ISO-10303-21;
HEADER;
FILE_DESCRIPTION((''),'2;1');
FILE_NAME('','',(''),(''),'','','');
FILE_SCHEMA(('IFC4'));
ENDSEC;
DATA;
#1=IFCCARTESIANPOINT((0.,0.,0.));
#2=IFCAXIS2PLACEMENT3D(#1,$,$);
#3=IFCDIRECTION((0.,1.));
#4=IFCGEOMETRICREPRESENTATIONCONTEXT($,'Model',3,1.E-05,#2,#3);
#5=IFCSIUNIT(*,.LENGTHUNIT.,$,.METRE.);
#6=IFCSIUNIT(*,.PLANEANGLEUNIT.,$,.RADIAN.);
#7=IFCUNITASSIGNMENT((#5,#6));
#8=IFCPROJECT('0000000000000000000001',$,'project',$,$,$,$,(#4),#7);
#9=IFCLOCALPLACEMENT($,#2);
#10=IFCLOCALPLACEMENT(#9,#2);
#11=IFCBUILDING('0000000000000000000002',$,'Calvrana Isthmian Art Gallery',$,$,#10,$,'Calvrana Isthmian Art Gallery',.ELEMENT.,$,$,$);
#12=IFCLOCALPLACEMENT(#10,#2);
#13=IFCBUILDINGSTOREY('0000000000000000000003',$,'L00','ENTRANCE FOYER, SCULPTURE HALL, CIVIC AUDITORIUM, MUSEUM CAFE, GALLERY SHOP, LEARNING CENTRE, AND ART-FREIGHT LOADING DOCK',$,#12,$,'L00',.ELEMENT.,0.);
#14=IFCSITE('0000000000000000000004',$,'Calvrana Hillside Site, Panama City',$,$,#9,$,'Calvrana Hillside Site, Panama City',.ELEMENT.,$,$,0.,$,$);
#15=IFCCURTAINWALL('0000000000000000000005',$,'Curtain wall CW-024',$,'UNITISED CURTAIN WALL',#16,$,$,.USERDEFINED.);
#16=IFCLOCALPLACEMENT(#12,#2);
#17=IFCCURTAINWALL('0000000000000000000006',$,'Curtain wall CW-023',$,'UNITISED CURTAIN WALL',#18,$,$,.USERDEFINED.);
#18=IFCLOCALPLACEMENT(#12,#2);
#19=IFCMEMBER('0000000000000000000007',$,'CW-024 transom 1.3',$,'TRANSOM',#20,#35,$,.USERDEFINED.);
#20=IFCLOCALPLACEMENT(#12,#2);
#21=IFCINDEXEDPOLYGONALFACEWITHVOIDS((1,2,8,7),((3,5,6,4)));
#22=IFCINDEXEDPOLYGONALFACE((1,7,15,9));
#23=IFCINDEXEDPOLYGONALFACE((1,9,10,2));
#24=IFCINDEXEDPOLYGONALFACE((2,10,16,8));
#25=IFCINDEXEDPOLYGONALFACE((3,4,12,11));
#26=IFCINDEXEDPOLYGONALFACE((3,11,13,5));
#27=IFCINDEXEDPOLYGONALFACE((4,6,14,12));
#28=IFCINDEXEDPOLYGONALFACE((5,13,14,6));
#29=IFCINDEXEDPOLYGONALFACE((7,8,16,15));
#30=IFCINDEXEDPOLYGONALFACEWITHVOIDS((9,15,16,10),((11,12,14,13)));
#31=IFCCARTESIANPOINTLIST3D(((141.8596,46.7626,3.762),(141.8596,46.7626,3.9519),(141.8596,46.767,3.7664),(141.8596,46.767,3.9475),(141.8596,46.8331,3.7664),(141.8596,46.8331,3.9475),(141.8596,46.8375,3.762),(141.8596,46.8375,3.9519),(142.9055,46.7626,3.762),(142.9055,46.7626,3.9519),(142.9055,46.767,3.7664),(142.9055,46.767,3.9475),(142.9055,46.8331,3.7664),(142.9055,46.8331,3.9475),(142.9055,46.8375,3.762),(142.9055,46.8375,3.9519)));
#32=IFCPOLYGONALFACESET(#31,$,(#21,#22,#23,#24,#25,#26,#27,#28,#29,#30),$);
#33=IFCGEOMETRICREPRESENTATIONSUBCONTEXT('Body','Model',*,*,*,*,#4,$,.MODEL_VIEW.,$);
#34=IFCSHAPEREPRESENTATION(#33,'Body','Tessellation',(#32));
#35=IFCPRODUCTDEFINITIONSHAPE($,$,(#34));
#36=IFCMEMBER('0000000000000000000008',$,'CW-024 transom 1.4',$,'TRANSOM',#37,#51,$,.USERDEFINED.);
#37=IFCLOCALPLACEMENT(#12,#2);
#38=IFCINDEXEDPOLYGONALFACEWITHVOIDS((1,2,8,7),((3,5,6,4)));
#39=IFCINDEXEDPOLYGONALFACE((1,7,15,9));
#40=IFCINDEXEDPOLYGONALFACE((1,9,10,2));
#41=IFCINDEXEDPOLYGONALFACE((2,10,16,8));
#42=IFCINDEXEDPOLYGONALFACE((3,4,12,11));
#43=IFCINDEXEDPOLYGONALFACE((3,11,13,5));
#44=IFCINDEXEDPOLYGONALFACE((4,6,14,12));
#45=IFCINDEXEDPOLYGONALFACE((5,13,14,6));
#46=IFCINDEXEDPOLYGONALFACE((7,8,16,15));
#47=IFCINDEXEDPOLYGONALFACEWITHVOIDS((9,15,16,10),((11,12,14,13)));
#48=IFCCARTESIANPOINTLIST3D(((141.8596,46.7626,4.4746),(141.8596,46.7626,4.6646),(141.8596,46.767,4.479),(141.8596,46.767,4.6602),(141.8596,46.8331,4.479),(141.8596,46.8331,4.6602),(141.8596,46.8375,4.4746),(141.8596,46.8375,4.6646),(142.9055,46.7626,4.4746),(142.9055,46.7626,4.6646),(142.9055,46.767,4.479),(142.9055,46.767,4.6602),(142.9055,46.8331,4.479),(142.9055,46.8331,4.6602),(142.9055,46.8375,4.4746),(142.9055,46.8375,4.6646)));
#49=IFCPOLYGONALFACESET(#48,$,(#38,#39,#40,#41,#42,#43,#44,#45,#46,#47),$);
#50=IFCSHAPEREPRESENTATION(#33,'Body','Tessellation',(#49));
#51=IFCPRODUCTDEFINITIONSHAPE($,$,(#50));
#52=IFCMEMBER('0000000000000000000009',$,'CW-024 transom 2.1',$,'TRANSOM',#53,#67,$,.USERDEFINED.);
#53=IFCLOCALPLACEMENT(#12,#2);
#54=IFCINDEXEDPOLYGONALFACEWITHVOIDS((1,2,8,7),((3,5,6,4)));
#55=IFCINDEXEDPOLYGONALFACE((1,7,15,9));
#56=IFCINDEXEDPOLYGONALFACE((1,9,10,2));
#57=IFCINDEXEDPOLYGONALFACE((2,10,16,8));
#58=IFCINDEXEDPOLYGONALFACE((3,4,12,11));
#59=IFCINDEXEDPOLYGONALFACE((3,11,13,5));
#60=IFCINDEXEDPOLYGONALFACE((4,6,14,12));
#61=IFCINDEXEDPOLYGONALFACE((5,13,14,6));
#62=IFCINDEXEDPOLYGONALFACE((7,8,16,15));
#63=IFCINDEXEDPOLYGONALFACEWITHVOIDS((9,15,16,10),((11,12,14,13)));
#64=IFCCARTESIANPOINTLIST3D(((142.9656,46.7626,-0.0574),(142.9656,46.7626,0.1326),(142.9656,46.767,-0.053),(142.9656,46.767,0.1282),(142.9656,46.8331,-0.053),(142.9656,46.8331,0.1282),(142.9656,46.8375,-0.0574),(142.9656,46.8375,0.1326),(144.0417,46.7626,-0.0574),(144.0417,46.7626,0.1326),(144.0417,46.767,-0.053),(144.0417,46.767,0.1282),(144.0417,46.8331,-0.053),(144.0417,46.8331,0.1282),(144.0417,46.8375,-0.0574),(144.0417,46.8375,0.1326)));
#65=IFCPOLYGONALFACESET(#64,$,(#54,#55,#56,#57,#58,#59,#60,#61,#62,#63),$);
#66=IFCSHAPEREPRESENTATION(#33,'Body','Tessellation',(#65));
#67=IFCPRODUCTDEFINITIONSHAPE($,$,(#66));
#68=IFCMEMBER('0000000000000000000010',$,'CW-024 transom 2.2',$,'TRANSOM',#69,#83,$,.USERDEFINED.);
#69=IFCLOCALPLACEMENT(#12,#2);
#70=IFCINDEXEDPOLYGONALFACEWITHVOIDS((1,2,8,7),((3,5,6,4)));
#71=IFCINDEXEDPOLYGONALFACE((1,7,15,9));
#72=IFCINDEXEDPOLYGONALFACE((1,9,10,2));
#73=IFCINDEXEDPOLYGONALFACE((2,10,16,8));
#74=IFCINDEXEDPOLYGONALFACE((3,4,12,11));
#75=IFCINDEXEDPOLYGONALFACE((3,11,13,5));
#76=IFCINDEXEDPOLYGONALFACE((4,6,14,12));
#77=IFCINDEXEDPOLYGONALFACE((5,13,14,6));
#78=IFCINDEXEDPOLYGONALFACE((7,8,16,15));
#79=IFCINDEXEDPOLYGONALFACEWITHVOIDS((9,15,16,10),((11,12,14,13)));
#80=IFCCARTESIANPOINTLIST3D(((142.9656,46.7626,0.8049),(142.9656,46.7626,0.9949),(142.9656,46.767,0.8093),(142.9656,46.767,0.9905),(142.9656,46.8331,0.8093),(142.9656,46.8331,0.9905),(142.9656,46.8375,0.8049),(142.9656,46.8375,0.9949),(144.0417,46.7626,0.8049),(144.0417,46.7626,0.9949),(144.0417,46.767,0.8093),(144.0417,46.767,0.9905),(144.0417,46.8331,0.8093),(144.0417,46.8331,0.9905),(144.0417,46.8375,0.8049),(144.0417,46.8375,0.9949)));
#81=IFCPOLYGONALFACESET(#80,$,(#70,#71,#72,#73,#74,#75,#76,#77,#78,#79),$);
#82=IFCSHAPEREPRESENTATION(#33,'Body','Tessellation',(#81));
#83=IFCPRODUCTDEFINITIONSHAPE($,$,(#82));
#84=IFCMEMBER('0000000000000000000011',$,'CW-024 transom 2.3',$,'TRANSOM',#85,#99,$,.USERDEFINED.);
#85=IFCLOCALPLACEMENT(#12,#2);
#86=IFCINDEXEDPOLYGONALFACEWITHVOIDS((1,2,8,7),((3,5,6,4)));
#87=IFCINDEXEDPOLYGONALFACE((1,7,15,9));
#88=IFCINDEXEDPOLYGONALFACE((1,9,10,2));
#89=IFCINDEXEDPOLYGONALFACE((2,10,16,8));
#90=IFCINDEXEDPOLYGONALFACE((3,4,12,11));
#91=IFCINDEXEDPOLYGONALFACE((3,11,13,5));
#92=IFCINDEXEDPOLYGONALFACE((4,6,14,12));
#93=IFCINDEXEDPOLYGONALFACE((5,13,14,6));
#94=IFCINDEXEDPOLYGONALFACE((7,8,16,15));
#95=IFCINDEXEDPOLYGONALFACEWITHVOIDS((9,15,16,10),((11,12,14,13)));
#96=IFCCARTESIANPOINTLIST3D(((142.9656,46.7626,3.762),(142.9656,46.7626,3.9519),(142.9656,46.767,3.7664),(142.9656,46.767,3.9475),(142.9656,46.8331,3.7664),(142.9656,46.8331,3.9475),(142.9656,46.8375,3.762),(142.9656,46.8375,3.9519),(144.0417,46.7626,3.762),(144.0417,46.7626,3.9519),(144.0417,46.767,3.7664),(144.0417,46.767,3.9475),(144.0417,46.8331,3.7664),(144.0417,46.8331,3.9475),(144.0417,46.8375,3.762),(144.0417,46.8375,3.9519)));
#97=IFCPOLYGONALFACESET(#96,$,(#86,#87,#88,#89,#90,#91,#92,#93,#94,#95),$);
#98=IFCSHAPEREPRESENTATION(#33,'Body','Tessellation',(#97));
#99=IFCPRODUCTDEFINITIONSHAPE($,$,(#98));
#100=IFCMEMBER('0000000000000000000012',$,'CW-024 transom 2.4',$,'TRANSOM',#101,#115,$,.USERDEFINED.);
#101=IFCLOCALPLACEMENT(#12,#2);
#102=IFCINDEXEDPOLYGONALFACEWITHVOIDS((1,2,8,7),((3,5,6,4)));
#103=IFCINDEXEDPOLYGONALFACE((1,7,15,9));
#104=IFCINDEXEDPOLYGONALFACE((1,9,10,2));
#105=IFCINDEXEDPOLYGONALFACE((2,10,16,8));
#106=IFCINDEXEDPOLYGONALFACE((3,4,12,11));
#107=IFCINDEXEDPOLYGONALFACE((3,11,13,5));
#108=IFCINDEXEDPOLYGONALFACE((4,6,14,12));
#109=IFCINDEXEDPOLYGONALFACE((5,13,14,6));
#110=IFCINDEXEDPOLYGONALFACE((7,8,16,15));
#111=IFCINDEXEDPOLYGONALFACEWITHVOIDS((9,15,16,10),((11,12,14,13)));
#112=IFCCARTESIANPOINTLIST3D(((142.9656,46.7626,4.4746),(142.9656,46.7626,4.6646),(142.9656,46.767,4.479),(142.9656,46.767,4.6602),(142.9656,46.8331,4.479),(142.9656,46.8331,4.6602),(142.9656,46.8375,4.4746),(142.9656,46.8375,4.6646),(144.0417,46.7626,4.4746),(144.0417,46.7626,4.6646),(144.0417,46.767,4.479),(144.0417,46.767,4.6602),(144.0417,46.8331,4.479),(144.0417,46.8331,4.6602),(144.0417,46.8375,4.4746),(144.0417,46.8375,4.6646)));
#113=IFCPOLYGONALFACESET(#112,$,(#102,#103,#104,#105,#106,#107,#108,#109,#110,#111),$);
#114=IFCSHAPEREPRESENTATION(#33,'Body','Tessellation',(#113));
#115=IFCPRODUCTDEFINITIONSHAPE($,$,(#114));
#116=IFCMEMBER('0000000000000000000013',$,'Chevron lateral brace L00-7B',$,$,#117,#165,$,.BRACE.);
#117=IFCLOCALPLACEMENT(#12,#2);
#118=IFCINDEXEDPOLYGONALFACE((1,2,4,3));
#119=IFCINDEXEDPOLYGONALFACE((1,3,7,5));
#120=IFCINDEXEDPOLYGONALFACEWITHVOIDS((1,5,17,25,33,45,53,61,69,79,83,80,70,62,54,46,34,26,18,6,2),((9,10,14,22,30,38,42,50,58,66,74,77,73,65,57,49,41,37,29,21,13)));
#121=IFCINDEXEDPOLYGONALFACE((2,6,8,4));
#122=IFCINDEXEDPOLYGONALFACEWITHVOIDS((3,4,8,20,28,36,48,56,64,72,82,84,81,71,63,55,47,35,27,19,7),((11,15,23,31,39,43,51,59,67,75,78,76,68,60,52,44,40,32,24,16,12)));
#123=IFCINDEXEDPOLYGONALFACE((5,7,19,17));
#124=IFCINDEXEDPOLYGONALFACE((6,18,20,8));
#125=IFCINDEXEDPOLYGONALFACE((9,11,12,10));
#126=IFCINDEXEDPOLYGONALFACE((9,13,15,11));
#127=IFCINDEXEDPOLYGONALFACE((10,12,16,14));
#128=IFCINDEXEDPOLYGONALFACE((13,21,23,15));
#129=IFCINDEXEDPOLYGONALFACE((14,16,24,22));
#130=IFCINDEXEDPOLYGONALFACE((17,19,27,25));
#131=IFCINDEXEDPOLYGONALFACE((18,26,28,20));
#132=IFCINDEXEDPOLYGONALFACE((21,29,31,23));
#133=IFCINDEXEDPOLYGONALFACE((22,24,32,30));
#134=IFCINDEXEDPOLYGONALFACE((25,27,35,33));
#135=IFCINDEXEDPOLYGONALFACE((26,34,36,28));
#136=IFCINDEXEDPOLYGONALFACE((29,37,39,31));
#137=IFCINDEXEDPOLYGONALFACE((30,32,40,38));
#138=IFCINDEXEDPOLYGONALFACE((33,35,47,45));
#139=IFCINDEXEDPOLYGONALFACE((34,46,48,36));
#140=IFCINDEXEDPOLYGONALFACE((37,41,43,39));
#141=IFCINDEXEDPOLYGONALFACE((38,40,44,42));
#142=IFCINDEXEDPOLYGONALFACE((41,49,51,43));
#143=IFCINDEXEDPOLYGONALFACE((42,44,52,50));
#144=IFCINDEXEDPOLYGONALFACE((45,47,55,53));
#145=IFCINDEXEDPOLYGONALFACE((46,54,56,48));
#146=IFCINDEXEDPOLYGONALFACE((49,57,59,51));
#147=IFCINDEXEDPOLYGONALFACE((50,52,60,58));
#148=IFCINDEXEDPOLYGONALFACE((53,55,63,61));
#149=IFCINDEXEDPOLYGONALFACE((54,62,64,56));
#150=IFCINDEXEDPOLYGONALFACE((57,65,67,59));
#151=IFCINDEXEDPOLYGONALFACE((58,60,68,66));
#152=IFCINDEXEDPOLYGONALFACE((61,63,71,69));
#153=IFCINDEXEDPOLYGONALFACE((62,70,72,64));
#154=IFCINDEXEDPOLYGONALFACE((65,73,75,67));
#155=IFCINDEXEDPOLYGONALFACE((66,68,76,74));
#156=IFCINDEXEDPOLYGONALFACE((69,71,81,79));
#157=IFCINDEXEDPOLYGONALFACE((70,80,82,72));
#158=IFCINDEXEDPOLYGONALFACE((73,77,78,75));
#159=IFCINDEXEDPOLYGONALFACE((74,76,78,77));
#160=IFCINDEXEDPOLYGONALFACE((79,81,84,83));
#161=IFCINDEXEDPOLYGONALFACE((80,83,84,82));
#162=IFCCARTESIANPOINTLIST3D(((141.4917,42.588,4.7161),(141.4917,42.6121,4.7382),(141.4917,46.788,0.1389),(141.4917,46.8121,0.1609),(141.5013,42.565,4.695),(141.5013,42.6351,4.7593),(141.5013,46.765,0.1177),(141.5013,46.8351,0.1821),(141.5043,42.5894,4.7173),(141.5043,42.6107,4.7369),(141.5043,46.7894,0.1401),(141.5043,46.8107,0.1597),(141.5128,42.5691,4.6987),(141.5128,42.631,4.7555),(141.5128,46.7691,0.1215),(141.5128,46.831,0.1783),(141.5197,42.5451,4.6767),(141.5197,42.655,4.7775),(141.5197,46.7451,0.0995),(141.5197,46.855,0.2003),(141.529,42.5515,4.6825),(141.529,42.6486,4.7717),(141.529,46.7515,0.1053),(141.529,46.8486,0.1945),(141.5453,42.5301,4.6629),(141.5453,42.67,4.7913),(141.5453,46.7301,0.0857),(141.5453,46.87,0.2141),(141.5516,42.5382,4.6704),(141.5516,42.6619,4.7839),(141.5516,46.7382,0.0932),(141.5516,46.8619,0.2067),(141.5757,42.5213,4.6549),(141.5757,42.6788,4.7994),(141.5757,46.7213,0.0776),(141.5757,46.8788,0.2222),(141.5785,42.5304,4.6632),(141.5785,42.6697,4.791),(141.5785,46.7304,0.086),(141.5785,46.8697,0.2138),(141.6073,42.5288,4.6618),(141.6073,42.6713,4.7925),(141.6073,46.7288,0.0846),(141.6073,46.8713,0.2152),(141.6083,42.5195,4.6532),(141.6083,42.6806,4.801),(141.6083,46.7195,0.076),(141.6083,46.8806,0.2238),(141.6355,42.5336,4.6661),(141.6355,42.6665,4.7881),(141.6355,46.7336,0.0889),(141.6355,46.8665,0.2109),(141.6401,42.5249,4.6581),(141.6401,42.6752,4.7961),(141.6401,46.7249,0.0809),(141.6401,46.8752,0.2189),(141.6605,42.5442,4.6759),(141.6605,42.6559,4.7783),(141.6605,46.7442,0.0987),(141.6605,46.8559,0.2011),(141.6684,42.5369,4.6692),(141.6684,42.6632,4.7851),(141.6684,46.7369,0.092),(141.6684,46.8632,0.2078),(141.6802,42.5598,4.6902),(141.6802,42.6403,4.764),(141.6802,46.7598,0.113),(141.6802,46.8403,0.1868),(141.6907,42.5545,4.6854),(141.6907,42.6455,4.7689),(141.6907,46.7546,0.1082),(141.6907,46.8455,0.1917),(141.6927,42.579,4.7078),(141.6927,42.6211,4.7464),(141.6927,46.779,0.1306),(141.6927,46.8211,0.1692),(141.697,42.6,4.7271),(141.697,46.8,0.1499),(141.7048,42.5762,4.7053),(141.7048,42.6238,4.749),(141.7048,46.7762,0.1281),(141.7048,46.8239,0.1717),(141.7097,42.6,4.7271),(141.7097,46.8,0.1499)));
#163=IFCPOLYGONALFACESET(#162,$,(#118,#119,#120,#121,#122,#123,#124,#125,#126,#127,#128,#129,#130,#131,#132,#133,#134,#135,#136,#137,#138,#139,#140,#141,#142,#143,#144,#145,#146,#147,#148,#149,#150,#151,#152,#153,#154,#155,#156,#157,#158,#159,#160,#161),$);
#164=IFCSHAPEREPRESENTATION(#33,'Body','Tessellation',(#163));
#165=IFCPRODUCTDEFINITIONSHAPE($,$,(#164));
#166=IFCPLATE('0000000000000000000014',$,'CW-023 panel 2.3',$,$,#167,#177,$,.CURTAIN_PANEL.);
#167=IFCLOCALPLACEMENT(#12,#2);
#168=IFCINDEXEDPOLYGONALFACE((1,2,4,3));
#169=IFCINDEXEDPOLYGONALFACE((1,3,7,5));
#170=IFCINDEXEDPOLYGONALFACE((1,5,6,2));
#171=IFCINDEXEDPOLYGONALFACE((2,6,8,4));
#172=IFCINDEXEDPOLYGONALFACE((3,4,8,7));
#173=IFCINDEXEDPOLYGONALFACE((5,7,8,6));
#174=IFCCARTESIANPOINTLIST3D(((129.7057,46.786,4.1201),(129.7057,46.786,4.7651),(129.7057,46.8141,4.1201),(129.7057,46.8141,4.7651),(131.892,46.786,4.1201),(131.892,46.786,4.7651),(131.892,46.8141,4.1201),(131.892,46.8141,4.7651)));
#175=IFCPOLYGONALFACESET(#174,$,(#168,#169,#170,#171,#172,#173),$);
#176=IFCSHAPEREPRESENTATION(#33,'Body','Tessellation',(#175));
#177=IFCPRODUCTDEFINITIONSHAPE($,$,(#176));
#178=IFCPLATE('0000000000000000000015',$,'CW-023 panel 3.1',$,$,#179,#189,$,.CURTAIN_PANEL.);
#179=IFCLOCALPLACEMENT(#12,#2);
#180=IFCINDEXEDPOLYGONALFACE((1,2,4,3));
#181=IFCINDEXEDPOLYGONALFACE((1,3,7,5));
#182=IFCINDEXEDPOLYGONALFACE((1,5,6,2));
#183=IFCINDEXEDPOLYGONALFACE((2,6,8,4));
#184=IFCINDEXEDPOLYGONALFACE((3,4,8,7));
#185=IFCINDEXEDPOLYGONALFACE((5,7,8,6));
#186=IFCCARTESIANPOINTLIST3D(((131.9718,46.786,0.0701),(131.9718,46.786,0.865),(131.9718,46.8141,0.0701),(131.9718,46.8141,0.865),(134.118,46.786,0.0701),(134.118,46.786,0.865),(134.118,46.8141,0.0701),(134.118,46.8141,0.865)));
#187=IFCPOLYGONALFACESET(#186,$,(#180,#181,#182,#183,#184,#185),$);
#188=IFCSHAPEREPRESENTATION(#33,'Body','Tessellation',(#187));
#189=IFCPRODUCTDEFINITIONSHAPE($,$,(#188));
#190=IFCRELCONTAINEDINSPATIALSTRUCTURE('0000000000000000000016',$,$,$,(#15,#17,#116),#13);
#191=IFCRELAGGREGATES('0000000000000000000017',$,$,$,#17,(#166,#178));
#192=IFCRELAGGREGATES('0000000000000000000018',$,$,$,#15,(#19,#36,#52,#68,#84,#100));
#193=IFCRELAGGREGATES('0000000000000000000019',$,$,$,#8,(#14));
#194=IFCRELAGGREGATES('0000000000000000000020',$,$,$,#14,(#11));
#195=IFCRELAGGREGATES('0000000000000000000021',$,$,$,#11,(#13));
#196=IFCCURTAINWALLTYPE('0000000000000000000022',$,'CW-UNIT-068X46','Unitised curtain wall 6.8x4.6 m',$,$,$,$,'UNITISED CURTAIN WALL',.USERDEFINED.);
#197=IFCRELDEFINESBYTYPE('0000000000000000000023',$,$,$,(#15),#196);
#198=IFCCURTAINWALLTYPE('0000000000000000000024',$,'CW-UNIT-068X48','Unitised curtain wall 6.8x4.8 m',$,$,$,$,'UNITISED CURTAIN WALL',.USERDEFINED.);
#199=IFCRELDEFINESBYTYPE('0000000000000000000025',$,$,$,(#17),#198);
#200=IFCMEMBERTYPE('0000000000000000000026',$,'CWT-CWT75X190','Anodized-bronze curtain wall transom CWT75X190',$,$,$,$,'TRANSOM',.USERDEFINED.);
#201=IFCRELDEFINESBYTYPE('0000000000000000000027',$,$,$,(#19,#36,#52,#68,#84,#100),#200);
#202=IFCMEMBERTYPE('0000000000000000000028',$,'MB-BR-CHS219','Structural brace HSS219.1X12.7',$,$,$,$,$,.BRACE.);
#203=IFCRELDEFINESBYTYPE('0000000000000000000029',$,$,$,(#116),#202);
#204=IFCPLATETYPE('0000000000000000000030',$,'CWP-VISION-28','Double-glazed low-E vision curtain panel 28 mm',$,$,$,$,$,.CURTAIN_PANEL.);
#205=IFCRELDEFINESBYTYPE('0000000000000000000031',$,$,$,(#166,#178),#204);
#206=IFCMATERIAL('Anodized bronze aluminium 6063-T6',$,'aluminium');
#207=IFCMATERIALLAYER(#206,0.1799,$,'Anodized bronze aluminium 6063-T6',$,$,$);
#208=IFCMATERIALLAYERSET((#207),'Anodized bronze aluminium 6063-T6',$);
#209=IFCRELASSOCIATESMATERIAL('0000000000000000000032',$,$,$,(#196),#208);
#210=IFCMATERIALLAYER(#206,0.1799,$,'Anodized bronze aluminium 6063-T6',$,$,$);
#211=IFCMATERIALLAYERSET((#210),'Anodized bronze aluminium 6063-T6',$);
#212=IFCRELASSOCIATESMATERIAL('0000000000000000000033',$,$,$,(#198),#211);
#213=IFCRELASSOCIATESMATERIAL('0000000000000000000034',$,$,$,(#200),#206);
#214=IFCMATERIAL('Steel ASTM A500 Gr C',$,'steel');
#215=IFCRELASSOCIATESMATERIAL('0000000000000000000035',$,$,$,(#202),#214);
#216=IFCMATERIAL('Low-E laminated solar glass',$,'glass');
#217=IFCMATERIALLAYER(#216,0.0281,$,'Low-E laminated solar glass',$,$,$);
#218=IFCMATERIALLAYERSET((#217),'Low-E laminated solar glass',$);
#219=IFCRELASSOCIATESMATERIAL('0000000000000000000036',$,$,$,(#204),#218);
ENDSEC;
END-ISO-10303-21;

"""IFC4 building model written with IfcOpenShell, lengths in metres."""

from ifc_helpers import new_model, si_unit, direction, frame, origin, origin_2d, place, context, subcontext, project, spatial, rectangle, hollow_rectangle, hollow_circle, extrude, material, layer, layer_set, material_profile, profile_set, type_object, element, aggregate, save


model = new_model("IFC4")

# Units and contexts
model_context = context("Model", 3, precision=1e-05, world=origin(), true_north=direction((0.0, 1.0)))
body_context = subcontext(model_context, "Body", "Model", "MODEL_VIEW")
ifc_project = project(units=[si_unit("LENGTHUNIT", "METRE"), si_unit("PLANEANGLEUNIT", "RADIAN")], contexts=[model_context])

# Site, building, storey
site_placement = place(None, origin())
site = spatial("IfcSite", under=ifc_project, at=site_placement, Name="Calvrana Hillside Site, Panama City", LongName="Calvrana Hillside Site, Panama City", CompositionType="ELEMENT", RefElevation=0.0)
building_placement = place(site_placement, origin())
building = spatial("IfcBuilding", under=site, at=building_placement, Name="Calvrana Isthmian Art Gallery", LongName="Calvrana Isthmian Art Gallery", CompositionType="ELEMENT")
storey_placement = place(building_placement, origin())
storey = spatial("IfcBuildingStorey", under=building, at=storey_placement, Name="L00", Description="ENTRANCE FOYER, SCULPTURE HALL, CIVIC AUDITORIUM, MUSEUM CAFE, GALLERY SHOP, LEARNING CENTRE, AND ART-FREIGHT LOADING DOCK", LongName="L00", CompositionType="ELEMENT", Elevation=0.0)

# Shared definitions
ifc_material_1 = material(Name="Steel ASTM A500 Gr C", Category="steel")

# Curtain walls
ifc_material_2 = material(Name="Anodized bronze aluminium 6063-T6", Category="aluminium")
ifc_layer_1 = layer(ifc_material_2, 0.1799, Name="Anodized bronze aluminium 6063-T6")
ifc_layer_set_1 = layer_set([ifc_layer_1], Name="Anodized bronze aluminium 6063-T6")
curtain_wall_type_1 = type_object("IfcCurtainWallType", Name="CW-UNIT-068X46", Description="Unitised curtain wall 6.8x4.6 m", ElementType="UNITISED CURTAIN WALL", PredefinedType="USERDEFINED", material=ifc_layer_set_1)
curtain_wall_1_placement = place(storey_placement, origin())
curtain_wall_1 = element("IfcCurtainWall", 1, at=curtain_wall_1_placement, inside=storey, type_object=curtain_wall_type_1, Name="Curtain wall CW-024", ObjectType="UNITISED CURTAIN WALL", PredefinedType="USERDEFINED")
ifc_layer_2 = layer(ifc_material_2, 0.1799, Name="Anodized bronze aluminium 6063-T6")
ifc_layer_set_2 = layer_set([ifc_layer_2], Name="Anodized bronze aluminium 6063-T6")
curtain_wall_type_2 = type_object("IfcCurtainWallType", Name="CW-UNIT-068X48", Description="Unitised curtain wall 6.8x4.8 m", ElementType="UNITISED CURTAIN WALL", PredefinedType="USERDEFINED", material=ifc_layer_set_2)
curtain_wall_2_placement = place(storey_placement, origin())
curtain_wall_2 = element("IfcCurtainWall", 2, at=curtain_wall_2_placement, inside=storey, type_object=curtain_wall_type_2, Name="Curtain wall CW-023", ObjectType="UNITISED CURTAIN WALL", PredefinedType="USERDEFINED")

# Members
ifc_material_profile_1 = material_profile(ifc_material_2, hollow_rectangle(XDim=0.075, YDim=0.1899, WallThickness=0.0044, at=origin_2d()), Name="CWT75X190")
ifc_profile_set_1 = profile_set([ifc_material_profile_1], Name="Anodized bronze aluminium 6063-T6")
member_type_1 = type_object("IfcMemberType", Name="CWT-CWT75X190", Description="Anodized-bronze curtain wall transom CWT75X190", ElementType="TRANSOM", PredefinedType="USERDEFINED", material=ifc_profile_set_1)
member_1_placement = place(storey_placement, frame((141.8596, 46.8, 3.8569), z_axis=(1.0, 0.0, 0.0), x_axis=(0.0, 1.0, 0.0)))
member_1 = element("IfcMember", 3, at=member_1_placement, type_object=member_type_1, Name="CW-024 transom 1.3", ObjectType="TRANSOM", PredefinedType="USERDEFINED", context=body_context, shape_type="SweptSolid", body=[
    extrude(hollow_rectangle(XDim=0.075, YDim=0.1899, WallThickness=0.0044, at=origin_2d()), origin(), (0.0, 0.0, 1.0), 1.0459),
])
member_2_placement = place(storey_placement, frame((141.8596, 46.8, 4.5696), z_axis=(1.0, 0.0, 0.0), x_axis=(0.0, 1.0, 0.0)))
member_2 = element("IfcMember", 4, at=member_2_placement, type_object=member_type_1, Name="CW-024 transom 1.4", ObjectType="TRANSOM", PredefinedType="USERDEFINED", context=body_context, shape_type="SweptSolid", body=[
    extrude(hollow_rectangle(XDim=0.075, YDim=0.1899, WallThickness=0.0044, at=origin_2d()), origin(), (0.0, 0.0, 1.0), 1.0459),
])
member_3_placement = place(storey_placement, frame((142.9656, 46.8, 0.0376), z_axis=(1.0, 0.0, 0.0), x_axis=(0.0, 1.0, 0.0)))
member_3 = element("IfcMember", 5, at=member_3_placement, type_object=member_type_1, Name="CW-024 transom 2.1", ObjectType="TRANSOM", PredefinedType="USERDEFINED", context=body_context, shape_type="SweptSolid", body=[
    extrude(hollow_rectangle(XDim=0.075, YDim=0.1899, WallThickness=0.0044, at=origin_2d()), origin(), (0.0, 0.0, 1.0), 1.0762),
])
member_4_placement = place(storey_placement, frame((142.9656, 46.8, 0.8999), z_axis=(1.0, 0.0, 0.0), x_axis=(0.0, 1.0, 0.0)))
member_4 = element("IfcMember", 6, at=member_4_placement, type_object=member_type_1, Name="CW-024 transom 2.2", ObjectType="TRANSOM", PredefinedType="USERDEFINED", context=body_context, shape_type="SweptSolid", body=[
    extrude(hollow_rectangle(XDim=0.075, YDim=0.1899, WallThickness=0.0044, at=origin_2d()), origin(), (0.0, 0.0, 1.0), 1.0762),
])
member_5_placement = place(storey_placement, frame((142.9656, 46.8, 3.8569), z_axis=(1.0, 0.0, 0.0), x_axis=(0.0, 1.0, 0.0)))
member_5 = element("IfcMember", 7, at=member_5_placement, type_object=member_type_1, Name="CW-024 transom 2.3", ObjectType="TRANSOM", PredefinedType="USERDEFINED", context=body_context, shape_type="SweptSolid", body=[
    extrude(hollow_rectangle(XDim=0.075, YDim=0.1899, WallThickness=0.0044, at=origin_2d()), origin(), (0.0, 0.0, 1.0), 1.0762),
])
member_6_placement = place(storey_placement, frame((142.9656, 46.8, 4.5696), z_axis=(1.0, 0.0, 0.0), x_axis=(0.0, 1.0, 0.0)))
member_6 = element("IfcMember", 8, at=member_6_placement, type_object=member_type_1, Name="CW-024 transom 2.4", ObjectType="TRANSOM", PredefinedType="USERDEFINED", context=body_context, shape_type="SweptSolid", body=[
    extrude(hollow_rectangle(XDim=0.075, YDim=0.1899, WallThickness=0.0044, at=origin_2d()), origin(), (0.0, 0.0, 1.0), 1.0762),
])
ifc_material_profile_2 = material_profile(ifc_material_1, hollow_circle(Radius=0.1096, WallThickness=0.0127, at=origin_2d()), Name="HSS219.1X12.7")
ifc_profile_set_2 = profile_set([ifc_material_profile_2], Name="Steel ASTM A500 Gr C")
member_type_2 = type_object("IfcMemberType", Name="MB-BR-CHS219", Description="Structural brace HSS219.1X12.7", PredefinedType="BRACE", material=ifc_profile_set_2)
member_7_placement = place(storey_placement, frame((141.6001, 46.8, 0.1499), z_axis=(0.0, -0.676095, 0.736815), x_axis=(1.0, 0.0, 0.0)))
element("IfcMember", 9, at=member_7_placement, inside=storey, type_object=member_type_2, Name="Chevron lateral brace L00-7B", PredefinedType="BRACE", context=body_context, shape_type="SweptSolid", body=[
    extrude(hollow_circle(Radius=0.1096, WallThickness=0.0127, at=origin_2d()), origin(), (0.0, 0.0, 1.0), 6.2122),
])

# Plates
ifc_material_3 = material(Name="Low-E laminated solar glass", Category="glass")
ifc_layer_3 = layer(ifc_material_3, 0.0281, Name="Low-E laminated solar glass")
ifc_layer_set_3 = layer_set([ifc_layer_3], Name="Low-E laminated solar glass")
plate_type_1 = type_object("IfcPlateType", Name="CWP-VISION-28", Description="Double-glazed low-E vision curtain panel 28 mm", PredefinedType="CURTAIN_PANEL", material=ifc_layer_set_3)
plate_1_placement = place(storey_placement, frame((130.7988, 46.8, 4.1201), z_axis=(0.0, 0.0, 1.0), x_axis=(1.0, 0.0, 0.0)))
plate_1 = element("IfcPlate", 10, at=plate_1_placement, type_object=plate_type_1, Name="CW-023 panel 2.3", PredefinedType="CURTAIN_PANEL", context=body_context, shape_type="SweptSolid", body=[
    extrude(rectangle(XDim=2.1863, YDim=0.0281, at=origin_2d()), origin(), (0.0, 0.0, 1.0), 0.645),
])
plate_2_placement = place(storey_placement, frame((133.0449, 46.8, 0.0701), z_axis=(0.0, 0.0, 1.0), x_axis=(1.0, 0.0, 0.0)))
plate_2 = element("IfcPlate", 11, at=plate_2_placement, type_object=plate_type_1, Name="CW-023 panel 3.1", PredefinedType="CURTAIN_PANEL", context=body_context, shape_type="SweptSolid", body=[
    extrude(rectangle(XDim=2.1462, YDim=0.0281, at=origin_2d()), origin(), (0.0, 0.0, 1.0), 0.7949),
])
aggregate(curtain_wall_2, [plate_1, plate_2])
aggregate(curtain_wall_1, [member_1, member_2, member_3, member_4, member_5, member_6])

save(model, "model.ifc")
